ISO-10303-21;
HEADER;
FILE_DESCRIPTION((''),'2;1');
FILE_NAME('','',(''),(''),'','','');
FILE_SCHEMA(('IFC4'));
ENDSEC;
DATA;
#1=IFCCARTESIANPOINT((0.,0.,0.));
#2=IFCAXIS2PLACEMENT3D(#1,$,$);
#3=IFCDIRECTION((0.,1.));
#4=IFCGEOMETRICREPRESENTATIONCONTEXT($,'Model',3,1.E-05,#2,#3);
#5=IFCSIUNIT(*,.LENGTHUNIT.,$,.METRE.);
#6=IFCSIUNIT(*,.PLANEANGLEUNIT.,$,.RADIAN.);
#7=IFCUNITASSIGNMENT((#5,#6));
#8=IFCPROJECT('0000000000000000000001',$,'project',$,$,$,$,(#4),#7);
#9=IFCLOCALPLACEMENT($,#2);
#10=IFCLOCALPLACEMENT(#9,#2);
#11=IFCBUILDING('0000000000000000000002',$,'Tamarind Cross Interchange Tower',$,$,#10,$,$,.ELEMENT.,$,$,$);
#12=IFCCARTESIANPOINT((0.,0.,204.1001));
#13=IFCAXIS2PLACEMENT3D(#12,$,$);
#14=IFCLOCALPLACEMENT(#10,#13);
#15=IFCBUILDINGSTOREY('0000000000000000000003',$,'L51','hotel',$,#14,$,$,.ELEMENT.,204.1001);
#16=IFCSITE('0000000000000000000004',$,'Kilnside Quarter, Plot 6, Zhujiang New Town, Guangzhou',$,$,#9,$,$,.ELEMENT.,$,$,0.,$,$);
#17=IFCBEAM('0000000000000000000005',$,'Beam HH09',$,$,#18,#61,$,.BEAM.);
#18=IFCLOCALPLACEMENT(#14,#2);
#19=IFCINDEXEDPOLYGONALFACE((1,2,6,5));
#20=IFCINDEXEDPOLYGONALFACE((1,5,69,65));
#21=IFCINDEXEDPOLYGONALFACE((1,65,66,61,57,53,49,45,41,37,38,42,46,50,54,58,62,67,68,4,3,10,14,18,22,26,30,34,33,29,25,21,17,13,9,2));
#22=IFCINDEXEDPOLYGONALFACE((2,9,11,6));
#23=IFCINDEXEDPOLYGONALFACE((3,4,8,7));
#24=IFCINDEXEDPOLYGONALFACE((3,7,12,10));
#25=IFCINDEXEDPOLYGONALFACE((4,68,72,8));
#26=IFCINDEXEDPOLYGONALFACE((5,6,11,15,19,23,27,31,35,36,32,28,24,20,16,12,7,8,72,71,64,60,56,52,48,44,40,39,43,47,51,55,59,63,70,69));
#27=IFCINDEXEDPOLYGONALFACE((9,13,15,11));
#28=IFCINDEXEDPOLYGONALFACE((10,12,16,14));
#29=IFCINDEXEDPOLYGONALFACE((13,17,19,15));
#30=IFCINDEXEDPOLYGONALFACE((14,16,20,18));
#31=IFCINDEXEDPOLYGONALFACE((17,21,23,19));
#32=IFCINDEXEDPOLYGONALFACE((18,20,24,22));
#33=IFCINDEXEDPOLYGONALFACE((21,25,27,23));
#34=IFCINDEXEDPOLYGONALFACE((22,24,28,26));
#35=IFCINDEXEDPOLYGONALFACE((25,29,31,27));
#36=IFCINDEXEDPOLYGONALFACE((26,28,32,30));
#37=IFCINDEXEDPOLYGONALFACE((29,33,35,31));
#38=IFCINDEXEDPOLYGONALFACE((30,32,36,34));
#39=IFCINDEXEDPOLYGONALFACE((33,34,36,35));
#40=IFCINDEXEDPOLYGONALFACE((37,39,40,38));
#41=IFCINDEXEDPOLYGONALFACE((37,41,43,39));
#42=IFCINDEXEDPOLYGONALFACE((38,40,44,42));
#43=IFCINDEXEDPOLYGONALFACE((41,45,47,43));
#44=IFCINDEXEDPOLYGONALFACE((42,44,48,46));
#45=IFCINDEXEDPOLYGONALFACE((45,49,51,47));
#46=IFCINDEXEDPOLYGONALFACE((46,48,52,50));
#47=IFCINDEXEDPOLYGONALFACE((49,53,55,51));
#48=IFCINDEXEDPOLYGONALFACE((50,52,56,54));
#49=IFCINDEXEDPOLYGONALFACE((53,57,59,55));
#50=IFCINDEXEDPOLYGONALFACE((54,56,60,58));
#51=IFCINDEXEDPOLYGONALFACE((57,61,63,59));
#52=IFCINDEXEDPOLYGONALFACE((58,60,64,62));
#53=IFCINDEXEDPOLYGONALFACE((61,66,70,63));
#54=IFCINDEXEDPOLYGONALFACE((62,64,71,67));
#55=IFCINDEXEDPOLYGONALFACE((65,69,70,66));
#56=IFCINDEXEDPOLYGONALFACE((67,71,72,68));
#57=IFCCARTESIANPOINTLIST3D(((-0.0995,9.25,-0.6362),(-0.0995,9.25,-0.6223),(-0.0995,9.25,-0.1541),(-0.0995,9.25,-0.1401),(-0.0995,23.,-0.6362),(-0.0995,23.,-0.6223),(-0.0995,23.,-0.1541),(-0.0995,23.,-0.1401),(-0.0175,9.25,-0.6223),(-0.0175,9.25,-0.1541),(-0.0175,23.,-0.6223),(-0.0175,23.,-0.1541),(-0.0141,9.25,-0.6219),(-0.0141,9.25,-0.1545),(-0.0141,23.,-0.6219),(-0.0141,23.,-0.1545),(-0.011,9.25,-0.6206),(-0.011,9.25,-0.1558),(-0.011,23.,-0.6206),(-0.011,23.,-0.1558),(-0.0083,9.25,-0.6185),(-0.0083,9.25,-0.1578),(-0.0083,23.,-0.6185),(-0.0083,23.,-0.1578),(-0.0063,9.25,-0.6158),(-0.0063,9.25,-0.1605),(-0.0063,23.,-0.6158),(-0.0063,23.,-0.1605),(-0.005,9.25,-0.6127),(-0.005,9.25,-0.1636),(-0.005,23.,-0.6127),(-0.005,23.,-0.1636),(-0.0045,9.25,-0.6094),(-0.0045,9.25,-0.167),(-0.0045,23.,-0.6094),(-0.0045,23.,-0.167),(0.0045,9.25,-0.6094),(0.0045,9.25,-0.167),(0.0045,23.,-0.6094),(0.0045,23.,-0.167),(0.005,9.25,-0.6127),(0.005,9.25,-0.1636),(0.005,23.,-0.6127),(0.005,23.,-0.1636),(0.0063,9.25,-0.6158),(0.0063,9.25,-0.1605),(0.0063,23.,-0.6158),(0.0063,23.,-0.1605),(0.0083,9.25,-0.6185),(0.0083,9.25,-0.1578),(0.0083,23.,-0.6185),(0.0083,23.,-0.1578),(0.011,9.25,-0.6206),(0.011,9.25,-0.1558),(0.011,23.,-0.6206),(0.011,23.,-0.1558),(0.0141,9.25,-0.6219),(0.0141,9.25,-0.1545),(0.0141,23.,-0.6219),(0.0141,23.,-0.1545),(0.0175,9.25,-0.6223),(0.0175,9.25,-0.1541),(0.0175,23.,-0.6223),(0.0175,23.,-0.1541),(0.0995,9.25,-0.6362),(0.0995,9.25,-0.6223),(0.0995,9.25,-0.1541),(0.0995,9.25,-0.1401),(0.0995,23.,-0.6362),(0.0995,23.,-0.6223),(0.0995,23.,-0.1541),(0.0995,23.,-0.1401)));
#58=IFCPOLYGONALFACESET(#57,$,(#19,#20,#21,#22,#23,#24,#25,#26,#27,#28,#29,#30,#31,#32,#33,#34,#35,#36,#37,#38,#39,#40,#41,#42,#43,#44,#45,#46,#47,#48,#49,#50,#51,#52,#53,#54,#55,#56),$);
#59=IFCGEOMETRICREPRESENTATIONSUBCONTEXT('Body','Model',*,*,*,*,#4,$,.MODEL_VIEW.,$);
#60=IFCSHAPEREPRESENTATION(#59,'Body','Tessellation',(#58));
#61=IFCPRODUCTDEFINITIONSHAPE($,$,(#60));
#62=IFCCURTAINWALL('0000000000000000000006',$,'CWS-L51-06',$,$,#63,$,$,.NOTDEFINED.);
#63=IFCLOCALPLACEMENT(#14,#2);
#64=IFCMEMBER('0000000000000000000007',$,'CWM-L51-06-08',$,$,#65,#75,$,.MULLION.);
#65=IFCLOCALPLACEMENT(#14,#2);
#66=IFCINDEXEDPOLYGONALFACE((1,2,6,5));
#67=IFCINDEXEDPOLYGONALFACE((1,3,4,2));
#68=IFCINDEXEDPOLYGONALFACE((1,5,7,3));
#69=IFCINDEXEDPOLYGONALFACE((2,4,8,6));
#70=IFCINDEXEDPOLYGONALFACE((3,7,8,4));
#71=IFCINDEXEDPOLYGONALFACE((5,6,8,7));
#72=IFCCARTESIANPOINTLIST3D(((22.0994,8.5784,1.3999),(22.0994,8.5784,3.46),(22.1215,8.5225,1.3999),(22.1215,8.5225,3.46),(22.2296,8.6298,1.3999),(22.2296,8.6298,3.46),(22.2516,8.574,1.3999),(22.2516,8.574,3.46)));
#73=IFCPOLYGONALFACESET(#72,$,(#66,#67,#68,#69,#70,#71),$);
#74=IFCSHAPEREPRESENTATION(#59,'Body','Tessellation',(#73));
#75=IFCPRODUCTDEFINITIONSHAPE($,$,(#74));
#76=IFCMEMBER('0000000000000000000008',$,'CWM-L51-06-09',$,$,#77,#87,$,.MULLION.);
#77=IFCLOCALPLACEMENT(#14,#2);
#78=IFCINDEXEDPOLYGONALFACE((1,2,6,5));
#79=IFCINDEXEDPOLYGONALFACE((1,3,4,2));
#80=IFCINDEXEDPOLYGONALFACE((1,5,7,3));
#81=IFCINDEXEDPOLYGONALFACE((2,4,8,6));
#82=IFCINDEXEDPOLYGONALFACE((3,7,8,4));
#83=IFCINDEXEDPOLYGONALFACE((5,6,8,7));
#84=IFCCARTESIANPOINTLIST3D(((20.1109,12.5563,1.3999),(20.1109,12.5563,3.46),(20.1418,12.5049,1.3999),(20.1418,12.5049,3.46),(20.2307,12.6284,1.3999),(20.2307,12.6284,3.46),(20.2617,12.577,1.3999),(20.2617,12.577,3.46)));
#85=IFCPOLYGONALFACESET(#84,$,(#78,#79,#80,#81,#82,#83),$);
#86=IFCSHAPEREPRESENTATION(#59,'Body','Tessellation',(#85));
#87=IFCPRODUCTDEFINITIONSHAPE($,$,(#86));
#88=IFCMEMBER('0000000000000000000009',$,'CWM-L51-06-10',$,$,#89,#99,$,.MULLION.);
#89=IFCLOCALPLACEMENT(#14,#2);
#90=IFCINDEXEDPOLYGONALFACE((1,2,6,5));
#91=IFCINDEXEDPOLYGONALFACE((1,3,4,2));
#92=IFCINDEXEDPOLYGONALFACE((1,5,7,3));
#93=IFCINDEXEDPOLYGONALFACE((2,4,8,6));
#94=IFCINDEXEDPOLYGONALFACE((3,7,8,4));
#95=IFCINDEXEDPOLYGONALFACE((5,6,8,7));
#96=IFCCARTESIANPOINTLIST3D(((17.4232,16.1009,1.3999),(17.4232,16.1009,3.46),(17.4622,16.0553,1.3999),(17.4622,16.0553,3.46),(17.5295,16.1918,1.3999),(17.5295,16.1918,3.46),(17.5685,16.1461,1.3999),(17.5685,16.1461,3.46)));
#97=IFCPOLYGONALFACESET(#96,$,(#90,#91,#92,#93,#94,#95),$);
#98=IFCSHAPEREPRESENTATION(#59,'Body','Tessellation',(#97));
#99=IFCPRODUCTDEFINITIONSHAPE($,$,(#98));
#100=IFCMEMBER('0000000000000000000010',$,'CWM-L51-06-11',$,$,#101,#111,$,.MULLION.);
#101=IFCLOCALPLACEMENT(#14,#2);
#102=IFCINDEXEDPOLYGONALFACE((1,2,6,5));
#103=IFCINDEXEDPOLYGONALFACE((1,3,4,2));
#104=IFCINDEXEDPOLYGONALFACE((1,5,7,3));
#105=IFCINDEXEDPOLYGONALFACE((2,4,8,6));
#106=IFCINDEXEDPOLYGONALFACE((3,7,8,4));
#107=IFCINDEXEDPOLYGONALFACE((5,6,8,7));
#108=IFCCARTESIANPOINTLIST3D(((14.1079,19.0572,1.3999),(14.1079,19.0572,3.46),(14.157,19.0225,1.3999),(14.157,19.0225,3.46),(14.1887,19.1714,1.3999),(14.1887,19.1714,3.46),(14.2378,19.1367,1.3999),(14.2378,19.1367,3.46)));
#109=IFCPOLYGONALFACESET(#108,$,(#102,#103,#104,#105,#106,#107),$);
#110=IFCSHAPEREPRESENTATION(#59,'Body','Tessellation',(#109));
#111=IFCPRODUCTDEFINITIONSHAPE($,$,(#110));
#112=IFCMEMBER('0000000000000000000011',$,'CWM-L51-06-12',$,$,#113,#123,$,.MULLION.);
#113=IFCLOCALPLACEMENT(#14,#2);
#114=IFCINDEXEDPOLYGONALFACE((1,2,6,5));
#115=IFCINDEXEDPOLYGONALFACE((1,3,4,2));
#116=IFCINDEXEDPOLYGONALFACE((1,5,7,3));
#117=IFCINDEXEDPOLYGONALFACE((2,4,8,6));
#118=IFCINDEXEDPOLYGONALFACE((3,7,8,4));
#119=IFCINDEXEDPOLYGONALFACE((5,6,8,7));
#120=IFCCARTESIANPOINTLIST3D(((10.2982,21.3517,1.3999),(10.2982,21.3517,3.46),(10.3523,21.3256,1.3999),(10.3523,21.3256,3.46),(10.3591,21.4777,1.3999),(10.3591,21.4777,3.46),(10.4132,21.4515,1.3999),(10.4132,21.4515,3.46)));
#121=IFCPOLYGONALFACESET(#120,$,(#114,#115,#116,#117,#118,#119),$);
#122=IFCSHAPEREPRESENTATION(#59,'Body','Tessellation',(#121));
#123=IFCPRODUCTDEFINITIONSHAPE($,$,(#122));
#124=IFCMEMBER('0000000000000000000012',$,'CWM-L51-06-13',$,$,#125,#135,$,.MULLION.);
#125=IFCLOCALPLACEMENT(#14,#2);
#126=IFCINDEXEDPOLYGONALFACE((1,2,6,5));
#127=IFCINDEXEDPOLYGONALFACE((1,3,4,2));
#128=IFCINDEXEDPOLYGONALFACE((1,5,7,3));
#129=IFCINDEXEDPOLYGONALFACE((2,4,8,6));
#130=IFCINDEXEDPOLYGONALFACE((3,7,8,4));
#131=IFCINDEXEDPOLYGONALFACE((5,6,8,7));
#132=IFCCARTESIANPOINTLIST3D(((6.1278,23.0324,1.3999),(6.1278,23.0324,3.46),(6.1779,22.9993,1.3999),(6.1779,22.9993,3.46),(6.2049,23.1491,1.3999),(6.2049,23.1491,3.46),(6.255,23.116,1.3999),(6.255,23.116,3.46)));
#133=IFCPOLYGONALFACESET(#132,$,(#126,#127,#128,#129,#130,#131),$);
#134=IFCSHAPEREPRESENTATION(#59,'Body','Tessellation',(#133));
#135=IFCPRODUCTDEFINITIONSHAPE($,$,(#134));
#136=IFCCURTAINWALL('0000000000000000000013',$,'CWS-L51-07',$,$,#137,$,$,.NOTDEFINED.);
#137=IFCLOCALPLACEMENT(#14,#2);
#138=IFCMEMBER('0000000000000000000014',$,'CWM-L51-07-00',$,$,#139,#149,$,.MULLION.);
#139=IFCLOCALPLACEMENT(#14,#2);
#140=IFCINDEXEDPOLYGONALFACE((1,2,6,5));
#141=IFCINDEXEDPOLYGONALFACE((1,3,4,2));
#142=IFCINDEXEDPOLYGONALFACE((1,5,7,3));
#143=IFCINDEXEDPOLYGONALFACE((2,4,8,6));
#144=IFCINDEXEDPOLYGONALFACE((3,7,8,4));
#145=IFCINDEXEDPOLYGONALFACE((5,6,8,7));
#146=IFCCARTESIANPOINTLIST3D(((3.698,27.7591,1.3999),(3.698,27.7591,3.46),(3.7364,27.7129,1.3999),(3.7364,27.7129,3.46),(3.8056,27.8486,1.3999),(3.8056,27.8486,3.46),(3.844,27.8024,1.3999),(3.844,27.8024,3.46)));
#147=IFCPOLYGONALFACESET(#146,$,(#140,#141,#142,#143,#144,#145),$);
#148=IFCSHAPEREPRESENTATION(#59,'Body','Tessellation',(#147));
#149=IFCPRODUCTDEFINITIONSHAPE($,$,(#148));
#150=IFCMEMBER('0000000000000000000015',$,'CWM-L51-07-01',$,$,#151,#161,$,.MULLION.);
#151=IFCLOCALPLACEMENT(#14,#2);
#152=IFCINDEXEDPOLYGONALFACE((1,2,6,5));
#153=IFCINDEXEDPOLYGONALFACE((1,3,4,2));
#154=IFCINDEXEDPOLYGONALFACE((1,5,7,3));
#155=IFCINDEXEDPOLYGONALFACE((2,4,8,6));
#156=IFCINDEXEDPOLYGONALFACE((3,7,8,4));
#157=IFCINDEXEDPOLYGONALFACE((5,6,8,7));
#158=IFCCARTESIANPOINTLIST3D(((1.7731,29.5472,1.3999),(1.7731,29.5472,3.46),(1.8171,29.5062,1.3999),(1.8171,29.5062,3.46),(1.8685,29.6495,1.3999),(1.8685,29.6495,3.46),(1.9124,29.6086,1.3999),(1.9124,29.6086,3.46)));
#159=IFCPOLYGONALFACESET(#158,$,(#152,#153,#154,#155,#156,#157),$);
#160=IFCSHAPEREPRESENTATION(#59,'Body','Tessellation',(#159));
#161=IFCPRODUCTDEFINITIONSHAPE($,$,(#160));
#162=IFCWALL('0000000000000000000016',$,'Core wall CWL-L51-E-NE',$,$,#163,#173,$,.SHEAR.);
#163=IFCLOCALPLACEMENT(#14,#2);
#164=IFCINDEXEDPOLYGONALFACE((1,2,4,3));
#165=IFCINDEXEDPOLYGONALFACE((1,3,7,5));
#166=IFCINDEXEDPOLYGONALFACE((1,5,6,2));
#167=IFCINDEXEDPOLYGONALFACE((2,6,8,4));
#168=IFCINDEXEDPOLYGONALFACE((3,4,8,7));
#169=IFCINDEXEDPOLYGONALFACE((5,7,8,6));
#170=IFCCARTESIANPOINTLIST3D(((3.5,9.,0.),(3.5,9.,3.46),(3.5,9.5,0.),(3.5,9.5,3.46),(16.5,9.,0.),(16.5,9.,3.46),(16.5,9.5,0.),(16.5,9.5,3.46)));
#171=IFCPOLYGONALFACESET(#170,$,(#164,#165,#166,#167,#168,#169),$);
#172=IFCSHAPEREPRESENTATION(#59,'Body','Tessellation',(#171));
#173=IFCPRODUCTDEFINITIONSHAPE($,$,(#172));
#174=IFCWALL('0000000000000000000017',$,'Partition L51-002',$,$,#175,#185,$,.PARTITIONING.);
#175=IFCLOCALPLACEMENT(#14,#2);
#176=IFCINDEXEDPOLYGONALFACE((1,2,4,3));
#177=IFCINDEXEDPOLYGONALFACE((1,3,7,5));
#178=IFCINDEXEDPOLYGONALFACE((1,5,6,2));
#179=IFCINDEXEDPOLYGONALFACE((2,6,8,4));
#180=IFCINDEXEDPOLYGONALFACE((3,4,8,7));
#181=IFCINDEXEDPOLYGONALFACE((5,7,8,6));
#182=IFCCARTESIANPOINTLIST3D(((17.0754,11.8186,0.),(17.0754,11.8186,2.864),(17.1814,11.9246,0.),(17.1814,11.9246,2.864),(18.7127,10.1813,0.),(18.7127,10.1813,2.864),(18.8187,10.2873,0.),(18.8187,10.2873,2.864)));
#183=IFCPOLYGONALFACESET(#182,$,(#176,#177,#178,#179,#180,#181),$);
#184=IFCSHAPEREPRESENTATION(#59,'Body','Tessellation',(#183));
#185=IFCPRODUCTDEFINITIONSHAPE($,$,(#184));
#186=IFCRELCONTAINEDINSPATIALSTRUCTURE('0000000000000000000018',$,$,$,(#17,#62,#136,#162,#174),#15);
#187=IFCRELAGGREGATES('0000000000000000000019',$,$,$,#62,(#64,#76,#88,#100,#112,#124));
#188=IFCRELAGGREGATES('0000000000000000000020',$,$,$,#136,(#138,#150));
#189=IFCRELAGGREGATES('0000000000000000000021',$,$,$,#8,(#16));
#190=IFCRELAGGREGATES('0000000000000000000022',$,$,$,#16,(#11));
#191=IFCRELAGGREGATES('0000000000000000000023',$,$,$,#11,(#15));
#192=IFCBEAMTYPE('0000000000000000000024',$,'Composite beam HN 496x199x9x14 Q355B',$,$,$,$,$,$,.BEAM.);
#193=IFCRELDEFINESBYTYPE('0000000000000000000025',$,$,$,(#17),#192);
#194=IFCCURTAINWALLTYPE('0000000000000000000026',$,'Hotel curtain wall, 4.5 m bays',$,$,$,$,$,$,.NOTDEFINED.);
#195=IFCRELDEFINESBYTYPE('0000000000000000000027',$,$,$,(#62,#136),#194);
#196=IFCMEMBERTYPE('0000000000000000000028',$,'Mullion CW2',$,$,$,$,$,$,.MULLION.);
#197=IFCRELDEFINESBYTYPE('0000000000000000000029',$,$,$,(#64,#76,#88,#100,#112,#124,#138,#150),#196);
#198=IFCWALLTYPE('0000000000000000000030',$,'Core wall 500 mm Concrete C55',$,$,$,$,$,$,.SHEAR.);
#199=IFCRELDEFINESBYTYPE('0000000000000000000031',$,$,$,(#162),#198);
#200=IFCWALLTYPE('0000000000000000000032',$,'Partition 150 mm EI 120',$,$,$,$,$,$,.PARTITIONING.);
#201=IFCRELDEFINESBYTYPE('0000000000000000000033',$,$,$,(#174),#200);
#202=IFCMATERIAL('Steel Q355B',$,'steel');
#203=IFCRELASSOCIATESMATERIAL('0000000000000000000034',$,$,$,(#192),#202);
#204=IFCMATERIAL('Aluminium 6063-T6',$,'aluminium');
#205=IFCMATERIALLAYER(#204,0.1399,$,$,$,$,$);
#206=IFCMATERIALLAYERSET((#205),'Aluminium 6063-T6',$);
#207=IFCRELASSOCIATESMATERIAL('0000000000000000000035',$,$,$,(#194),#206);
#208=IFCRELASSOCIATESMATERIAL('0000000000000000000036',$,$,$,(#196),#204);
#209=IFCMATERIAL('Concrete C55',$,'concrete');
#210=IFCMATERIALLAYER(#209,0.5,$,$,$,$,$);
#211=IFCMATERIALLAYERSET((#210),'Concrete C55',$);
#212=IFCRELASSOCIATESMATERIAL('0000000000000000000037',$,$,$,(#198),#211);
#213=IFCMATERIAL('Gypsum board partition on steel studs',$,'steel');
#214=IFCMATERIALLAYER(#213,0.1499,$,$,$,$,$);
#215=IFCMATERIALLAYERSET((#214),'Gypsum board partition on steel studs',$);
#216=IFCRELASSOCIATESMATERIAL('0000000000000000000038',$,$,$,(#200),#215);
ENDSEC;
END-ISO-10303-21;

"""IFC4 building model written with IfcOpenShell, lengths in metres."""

from ifc_helpers import new_model, si_unit, direction, frame, frame_2d, origin, origin_2d, place, context, subcontext, project, spatial, rectangle, i_section, extrude, material, layer, layer_set, material_profile, profile_set, type_object, element, aggregate, save


model = new_model("IFC4")

# Units and contexts
model_context = context("Model", 3, precision=1e-05, world=origin(), true_north=direction((0.0, 1.0)))
body_context = subcontext(model_context, "Body", "Model", "MODEL_VIEW")
ifc_project = project(units=[si_unit("LENGTHUNIT", "METRE"), si_unit("PLANEANGLEUNIT", "RADIAN")], contexts=[model_context])

# Site, building, storey
site_placement = place(None, origin())
site = spatial("IfcSite", under=ifc_project, at=site_placement, Name="Kilnside Quarter, Plot 6, Zhujiang New Town, Guangzhou", CompositionType="ELEMENT", RefElevation=0.0)
building_placement = place(site_placement, origin())
building = spatial("IfcBuilding", under=site, at=building_placement, Name="Tamarind Cross Interchange Tower", CompositionType="ELEMENT")
storey_placement = place(building_placement, frame((0.0, 0.0, 204.1001)))
storey = spatial("IfcBuildingStorey", under=building, at=storey_placement, Name="L51", Description="hotel", CompositionType="ELEMENT", Elevation=204.1001)

# Shared definitions
ifc_material_1 = material(Name="Concrete C55", Category="concrete")

# Beam
ifc_material_2 = material(Name="Steel Q355B", Category="steel")
ifc_material_profile_1 = material_profile(ifc_material_2, i_section(OverallWidth=0.199, OverallDepth=0.4961, WebThickness=0.009, FlangeThickness=0.0139, FilletRadius=0.0129, at=origin_2d()), Name="HN 496x199x9x14")
ifc_profile_set_1 = profile_set([ifc_material_profile_1], Name="Steel Q355B")
beam_type = type_object("IfcBeamType", Name="Composite beam HN 496x199x9x14 Q355B", PredefinedType="BEAM", material=ifc_profile_set_1)
beam_1_placement = place(storey_placement, frame((0.0, 23.0, -0.3882), z_axis=(0.0, -1.0, 0.0), x_axis=(1.0, 0.0, 0.0)))
element("IfcBeam", 1, at=beam_1_placement, inside=storey, type_object=beam_type, Name="Beam HH09", PredefinedType="BEAM", context=body_context, shape_type="SweptSolid", body=[
    extrude(i_section(OverallWidth=0.199, OverallDepth=0.4961, WebThickness=0.009, FlangeThickness=0.0139, FilletRadius=0.0129, at=origin_2d()), origin(), (0.0, 0.0, 1.0), 13.75),
])

# Curtain walls, members
ifc_material_3 = material(Name="Aluminium 6063-T6", Category="aluminium")
ifc_layer_1 = layer(ifc_material_3, 0.1399)
ifc_layer_set_1 = layer_set([ifc_layer_1], Name="Aluminium 6063-T6")
curtain_wall_type = type_object("IfcCurtainWallType", Name="Hotel curtain wall, 4.5 m bays", PredefinedType="NOTDEFINED", material=ifc_layer_set_1)
curtain_wall_1_placement = place(storey_placement, origin())
curtain_wall_1 = element("IfcCurtainWall", 2, at=curtain_wall_1_placement, inside=storey, type_object=curtain_wall_type, Name="CWS-L51-06", PredefinedType="NOTDEFINED")
ifc_material_profile_2 = material_profile(ifc_material_3, rectangle(XDim=0.0601, YDim=0.1399, at=origin_2d()), Name="Mullion CW2")
ifc_profile_set_2 = profile_set([ifc_material_profile_2], Name="Aluminium 6063-T6")
member_type = type_object("IfcMemberType", Name="Mullion CW2", PredefinedType="MULLION", material=ifc_profile_set_2)
member_1_placement = place(storey_placement, frame((22.1755, 8.5762, 1.3999), z_axis=(0.0, 0.0, 1.0), x_axis=(-0.367514, 0.930018, 0.0)))
member_1 = element("IfcMember", 3, at=member_1_placement, type_object=member_type, Name="CWM-L51-06-08", PredefinedType="MULLION", context=body_context, shape_type="SweptSolid", body=[
    extrude(rectangle(XDim=0.0601, YDim=0.1399, at=origin_2d()), origin(), (0.0, 0.0, 1.0), 2.0601),
])
member_2_placement = place(storey_placement, frame((20.1863, 12.5667, 1.3999), z_axis=(0.0, 0.0, 1.0), x_axis=(-0.515577, 0.856843, 0.0)))
member_2 = element("IfcMember", 4, at=member_2_placement, type_object=member_type, Name="CWM-L51-06-09", PredefinedType="MULLION", context=body_context, shape_type="SweptSolid", body=[
    extrude(rectangle(XDim=0.0601, YDim=0.1399, at=origin_2d()), origin(), (0.0, 0.0, 1.0), 2.0601),
])
member_3_placement = place(storey_placement, frame((17.4958, 16.1235, 1.3999), z_axis=(0.0, 0.0, 1.0), x_axis=(-0.649577, 0.760296, 0.0)))
member_3 = element("IfcMember", 5, at=member_3_placement, type_object=member_type, Name="CWM-L51-06-10", PredefinedType="MULLION", context=body_context, shape_type="SweptSolid", body=[
    extrude(rectangle(XDim=0.0601, YDim=0.1399, at=origin_2d()), origin(), (0.0, 0.0, 1.0), 2.0601),
])
member_4_placement = place(storey_placement, frame((14.1729, 19.0969, 1.3999), z_axis=(0.0, 0.0, 1.0), x_axis=(-0.816342, 0.577569, 0.0)))
member_4 = element("IfcMember", 6, at=member_4_placement, type_object=member_type, Name="CWM-L51-06-11", PredefinedType="MULLION", context=body_context, shape_type="SweptSolid", body=[
    extrude(rectangle(XDim=0.0601, YDim=0.1399, at=origin_2d()), origin(), (0.0, 0.0, 1.0), 2.0601),
])
member_5_placement = place(storey_placement, frame((10.3557, 21.4016, 1.3999), z_axis=(0.0, 0.0, 1.0), x_axis=(-0.900273, 0.435326, 0.0)))
member_5 = element("IfcMember", 7, at=member_5_placement, type_object=member_type, Name="CWM-L51-06-12", PredefinedType="MULLION", context=body_context, shape_type="SweptSolid", body=[
    extrude(rectangle(XDim=0.0601, YDim=0.1399, at=origin_2d()), origin(), (0.0, 0.0, 1.0), 2.0601),
])
member_6_placement = place(storey_placement, frame((6.1914, 23.0742, 1.3999), z_axis=(0.0, 0.0, 1.0), x_axis=(-0.83408, 0.551643, 0.0)))
member_6 = element("IfcMember", 8, at=member_6_placement, type_object=member_type, Name="CWM-L51-06-13", PredefinedType="MULLION", context=body_context, shape_type="SweptSolid", body=[
    extrude(rectangle(XDim=0.0601, YDim=0.1399, at=origin_2d()), origin(), (0.0, 0.0, 1.0), 2.0601),
])
aggregate(curtain_wall_1, [member_1, member_2, member_3, member_4, member_5, member_6])
curtain_wall_2_placement = place(storey_placement, origin())
curtain_wall_2 = element("IfcCurtainWall", 9, at=curtain_wall_2_placement, inside=storey, type_object=curtain_wall_type, Name="CWS-L51-07", PredefinedType="NOTDEFINED")
member_7_placement = place(storey_placement, frame((3.771, 27.7808, 1.3999), z_axis=(0.0, 0.0, 1.0), x_axis=(-0.639487, 0.768802, 0.0)))
member_7 = element("IfcMember", 10, at=member_7_placement, type_object=member_type, Name="CWM-L51-07-00", PredefinedType="MULLION", context=body_context, shape_type="SweptSolid", body=[
    extrude(rectangle(XDim=0.0601, YDim=0.1399, at=origin_2d()), origin(), (0.0, 0.0, 1.0), 2.0601),
])
member_8_placement = place(storey_placement, frame((1.8428, 29.5779, 1.3999), z_axis=(0.0, 0.0, 1.0), x_axis=(-0.731544, 0.681794, 0.0)))
member_8 = element("IfcMember", 11, at=member_8_placement, type_object=member_type, Name="CWM-L51-07-01", PredefinedType="MULLION", context=body_context, shape_type="SweptSolid", body=[
    extrude(rectangle(XDim=0.0601, YDim=0.1399, at=origin_2d()), origin(), (0.0, 0.0, 1.0), 2.0601),
])
aggregate(curtain_wall_2, [member_7, member_8])

# Walls
ifc_layer_2 = layer(ifc_material_1, 0.5)
ifc_layer_set_2 = layer_set([ifc_layer_2], Name="Concrete C55")
wall_type_1 = type_object("IfcWallType", Name="Core wall 500 mm Concrete C55", PredefinedType="SHEAR", material=ifc_layer_set_2)
wall_1_placement = place(storey_placement, frame((16.5, 9.25, 0.0), z_axis=(0.0, 0.0, 1.0), x_axis=(-1.0, 0.0, 0.0)))
element("IfcWall", 12, at=wall_1_placement, inside=storey, type_object=wall_type_1, Name="Core wall CWL-L51-E-NE", PredefinedType="SHEAR", context=body_context, shape_type="SweptSolid", body=[
    extrude(rectangle(XDim=13.0, YDim=0.5, at=frame_2d((6.5, 0.0))), origin(), (0.0, 0.0, 1.0), 3.46),
])
ifc_material_4 = material(Name="Gypsum board partition on steel studs", Category="steel")
ifc_layer_3 = layer(ifc_material_4, 0.1499)
ifc_layer_set_3 = layer_set([ifc_layer_3], Name="Gypsum board partition on steel studs")
wall_type_2 = type_object("IfcWallType", Name="Partition 150 mm EI 120", PredefinedType="PARTITIONING", material=ifc_layer_set_3)
wall_2_placement = place(storey_placement, frame((17.1284, 11.8716, 0.0), z_axis=(0.0, 0.0, 1.0), x_axis=(0.707107, -0.707107, 0.0)))
element("IfcWall", 13, at=wall_2_placement, inside=storey, type_object=wall_type_2, Name="Partition L51-002", PredefinedType="PARTITIONING", context=body_context, shape_type="SweptSolid", body=[
    extrude(rectangle(XDim=2.3154, YDim=0.1499, at=frame_2d((1.1577, 0.0))), origin(), (0.0, 0.0, 1.0), 2.864),
])

save(model, "model.ifc")
